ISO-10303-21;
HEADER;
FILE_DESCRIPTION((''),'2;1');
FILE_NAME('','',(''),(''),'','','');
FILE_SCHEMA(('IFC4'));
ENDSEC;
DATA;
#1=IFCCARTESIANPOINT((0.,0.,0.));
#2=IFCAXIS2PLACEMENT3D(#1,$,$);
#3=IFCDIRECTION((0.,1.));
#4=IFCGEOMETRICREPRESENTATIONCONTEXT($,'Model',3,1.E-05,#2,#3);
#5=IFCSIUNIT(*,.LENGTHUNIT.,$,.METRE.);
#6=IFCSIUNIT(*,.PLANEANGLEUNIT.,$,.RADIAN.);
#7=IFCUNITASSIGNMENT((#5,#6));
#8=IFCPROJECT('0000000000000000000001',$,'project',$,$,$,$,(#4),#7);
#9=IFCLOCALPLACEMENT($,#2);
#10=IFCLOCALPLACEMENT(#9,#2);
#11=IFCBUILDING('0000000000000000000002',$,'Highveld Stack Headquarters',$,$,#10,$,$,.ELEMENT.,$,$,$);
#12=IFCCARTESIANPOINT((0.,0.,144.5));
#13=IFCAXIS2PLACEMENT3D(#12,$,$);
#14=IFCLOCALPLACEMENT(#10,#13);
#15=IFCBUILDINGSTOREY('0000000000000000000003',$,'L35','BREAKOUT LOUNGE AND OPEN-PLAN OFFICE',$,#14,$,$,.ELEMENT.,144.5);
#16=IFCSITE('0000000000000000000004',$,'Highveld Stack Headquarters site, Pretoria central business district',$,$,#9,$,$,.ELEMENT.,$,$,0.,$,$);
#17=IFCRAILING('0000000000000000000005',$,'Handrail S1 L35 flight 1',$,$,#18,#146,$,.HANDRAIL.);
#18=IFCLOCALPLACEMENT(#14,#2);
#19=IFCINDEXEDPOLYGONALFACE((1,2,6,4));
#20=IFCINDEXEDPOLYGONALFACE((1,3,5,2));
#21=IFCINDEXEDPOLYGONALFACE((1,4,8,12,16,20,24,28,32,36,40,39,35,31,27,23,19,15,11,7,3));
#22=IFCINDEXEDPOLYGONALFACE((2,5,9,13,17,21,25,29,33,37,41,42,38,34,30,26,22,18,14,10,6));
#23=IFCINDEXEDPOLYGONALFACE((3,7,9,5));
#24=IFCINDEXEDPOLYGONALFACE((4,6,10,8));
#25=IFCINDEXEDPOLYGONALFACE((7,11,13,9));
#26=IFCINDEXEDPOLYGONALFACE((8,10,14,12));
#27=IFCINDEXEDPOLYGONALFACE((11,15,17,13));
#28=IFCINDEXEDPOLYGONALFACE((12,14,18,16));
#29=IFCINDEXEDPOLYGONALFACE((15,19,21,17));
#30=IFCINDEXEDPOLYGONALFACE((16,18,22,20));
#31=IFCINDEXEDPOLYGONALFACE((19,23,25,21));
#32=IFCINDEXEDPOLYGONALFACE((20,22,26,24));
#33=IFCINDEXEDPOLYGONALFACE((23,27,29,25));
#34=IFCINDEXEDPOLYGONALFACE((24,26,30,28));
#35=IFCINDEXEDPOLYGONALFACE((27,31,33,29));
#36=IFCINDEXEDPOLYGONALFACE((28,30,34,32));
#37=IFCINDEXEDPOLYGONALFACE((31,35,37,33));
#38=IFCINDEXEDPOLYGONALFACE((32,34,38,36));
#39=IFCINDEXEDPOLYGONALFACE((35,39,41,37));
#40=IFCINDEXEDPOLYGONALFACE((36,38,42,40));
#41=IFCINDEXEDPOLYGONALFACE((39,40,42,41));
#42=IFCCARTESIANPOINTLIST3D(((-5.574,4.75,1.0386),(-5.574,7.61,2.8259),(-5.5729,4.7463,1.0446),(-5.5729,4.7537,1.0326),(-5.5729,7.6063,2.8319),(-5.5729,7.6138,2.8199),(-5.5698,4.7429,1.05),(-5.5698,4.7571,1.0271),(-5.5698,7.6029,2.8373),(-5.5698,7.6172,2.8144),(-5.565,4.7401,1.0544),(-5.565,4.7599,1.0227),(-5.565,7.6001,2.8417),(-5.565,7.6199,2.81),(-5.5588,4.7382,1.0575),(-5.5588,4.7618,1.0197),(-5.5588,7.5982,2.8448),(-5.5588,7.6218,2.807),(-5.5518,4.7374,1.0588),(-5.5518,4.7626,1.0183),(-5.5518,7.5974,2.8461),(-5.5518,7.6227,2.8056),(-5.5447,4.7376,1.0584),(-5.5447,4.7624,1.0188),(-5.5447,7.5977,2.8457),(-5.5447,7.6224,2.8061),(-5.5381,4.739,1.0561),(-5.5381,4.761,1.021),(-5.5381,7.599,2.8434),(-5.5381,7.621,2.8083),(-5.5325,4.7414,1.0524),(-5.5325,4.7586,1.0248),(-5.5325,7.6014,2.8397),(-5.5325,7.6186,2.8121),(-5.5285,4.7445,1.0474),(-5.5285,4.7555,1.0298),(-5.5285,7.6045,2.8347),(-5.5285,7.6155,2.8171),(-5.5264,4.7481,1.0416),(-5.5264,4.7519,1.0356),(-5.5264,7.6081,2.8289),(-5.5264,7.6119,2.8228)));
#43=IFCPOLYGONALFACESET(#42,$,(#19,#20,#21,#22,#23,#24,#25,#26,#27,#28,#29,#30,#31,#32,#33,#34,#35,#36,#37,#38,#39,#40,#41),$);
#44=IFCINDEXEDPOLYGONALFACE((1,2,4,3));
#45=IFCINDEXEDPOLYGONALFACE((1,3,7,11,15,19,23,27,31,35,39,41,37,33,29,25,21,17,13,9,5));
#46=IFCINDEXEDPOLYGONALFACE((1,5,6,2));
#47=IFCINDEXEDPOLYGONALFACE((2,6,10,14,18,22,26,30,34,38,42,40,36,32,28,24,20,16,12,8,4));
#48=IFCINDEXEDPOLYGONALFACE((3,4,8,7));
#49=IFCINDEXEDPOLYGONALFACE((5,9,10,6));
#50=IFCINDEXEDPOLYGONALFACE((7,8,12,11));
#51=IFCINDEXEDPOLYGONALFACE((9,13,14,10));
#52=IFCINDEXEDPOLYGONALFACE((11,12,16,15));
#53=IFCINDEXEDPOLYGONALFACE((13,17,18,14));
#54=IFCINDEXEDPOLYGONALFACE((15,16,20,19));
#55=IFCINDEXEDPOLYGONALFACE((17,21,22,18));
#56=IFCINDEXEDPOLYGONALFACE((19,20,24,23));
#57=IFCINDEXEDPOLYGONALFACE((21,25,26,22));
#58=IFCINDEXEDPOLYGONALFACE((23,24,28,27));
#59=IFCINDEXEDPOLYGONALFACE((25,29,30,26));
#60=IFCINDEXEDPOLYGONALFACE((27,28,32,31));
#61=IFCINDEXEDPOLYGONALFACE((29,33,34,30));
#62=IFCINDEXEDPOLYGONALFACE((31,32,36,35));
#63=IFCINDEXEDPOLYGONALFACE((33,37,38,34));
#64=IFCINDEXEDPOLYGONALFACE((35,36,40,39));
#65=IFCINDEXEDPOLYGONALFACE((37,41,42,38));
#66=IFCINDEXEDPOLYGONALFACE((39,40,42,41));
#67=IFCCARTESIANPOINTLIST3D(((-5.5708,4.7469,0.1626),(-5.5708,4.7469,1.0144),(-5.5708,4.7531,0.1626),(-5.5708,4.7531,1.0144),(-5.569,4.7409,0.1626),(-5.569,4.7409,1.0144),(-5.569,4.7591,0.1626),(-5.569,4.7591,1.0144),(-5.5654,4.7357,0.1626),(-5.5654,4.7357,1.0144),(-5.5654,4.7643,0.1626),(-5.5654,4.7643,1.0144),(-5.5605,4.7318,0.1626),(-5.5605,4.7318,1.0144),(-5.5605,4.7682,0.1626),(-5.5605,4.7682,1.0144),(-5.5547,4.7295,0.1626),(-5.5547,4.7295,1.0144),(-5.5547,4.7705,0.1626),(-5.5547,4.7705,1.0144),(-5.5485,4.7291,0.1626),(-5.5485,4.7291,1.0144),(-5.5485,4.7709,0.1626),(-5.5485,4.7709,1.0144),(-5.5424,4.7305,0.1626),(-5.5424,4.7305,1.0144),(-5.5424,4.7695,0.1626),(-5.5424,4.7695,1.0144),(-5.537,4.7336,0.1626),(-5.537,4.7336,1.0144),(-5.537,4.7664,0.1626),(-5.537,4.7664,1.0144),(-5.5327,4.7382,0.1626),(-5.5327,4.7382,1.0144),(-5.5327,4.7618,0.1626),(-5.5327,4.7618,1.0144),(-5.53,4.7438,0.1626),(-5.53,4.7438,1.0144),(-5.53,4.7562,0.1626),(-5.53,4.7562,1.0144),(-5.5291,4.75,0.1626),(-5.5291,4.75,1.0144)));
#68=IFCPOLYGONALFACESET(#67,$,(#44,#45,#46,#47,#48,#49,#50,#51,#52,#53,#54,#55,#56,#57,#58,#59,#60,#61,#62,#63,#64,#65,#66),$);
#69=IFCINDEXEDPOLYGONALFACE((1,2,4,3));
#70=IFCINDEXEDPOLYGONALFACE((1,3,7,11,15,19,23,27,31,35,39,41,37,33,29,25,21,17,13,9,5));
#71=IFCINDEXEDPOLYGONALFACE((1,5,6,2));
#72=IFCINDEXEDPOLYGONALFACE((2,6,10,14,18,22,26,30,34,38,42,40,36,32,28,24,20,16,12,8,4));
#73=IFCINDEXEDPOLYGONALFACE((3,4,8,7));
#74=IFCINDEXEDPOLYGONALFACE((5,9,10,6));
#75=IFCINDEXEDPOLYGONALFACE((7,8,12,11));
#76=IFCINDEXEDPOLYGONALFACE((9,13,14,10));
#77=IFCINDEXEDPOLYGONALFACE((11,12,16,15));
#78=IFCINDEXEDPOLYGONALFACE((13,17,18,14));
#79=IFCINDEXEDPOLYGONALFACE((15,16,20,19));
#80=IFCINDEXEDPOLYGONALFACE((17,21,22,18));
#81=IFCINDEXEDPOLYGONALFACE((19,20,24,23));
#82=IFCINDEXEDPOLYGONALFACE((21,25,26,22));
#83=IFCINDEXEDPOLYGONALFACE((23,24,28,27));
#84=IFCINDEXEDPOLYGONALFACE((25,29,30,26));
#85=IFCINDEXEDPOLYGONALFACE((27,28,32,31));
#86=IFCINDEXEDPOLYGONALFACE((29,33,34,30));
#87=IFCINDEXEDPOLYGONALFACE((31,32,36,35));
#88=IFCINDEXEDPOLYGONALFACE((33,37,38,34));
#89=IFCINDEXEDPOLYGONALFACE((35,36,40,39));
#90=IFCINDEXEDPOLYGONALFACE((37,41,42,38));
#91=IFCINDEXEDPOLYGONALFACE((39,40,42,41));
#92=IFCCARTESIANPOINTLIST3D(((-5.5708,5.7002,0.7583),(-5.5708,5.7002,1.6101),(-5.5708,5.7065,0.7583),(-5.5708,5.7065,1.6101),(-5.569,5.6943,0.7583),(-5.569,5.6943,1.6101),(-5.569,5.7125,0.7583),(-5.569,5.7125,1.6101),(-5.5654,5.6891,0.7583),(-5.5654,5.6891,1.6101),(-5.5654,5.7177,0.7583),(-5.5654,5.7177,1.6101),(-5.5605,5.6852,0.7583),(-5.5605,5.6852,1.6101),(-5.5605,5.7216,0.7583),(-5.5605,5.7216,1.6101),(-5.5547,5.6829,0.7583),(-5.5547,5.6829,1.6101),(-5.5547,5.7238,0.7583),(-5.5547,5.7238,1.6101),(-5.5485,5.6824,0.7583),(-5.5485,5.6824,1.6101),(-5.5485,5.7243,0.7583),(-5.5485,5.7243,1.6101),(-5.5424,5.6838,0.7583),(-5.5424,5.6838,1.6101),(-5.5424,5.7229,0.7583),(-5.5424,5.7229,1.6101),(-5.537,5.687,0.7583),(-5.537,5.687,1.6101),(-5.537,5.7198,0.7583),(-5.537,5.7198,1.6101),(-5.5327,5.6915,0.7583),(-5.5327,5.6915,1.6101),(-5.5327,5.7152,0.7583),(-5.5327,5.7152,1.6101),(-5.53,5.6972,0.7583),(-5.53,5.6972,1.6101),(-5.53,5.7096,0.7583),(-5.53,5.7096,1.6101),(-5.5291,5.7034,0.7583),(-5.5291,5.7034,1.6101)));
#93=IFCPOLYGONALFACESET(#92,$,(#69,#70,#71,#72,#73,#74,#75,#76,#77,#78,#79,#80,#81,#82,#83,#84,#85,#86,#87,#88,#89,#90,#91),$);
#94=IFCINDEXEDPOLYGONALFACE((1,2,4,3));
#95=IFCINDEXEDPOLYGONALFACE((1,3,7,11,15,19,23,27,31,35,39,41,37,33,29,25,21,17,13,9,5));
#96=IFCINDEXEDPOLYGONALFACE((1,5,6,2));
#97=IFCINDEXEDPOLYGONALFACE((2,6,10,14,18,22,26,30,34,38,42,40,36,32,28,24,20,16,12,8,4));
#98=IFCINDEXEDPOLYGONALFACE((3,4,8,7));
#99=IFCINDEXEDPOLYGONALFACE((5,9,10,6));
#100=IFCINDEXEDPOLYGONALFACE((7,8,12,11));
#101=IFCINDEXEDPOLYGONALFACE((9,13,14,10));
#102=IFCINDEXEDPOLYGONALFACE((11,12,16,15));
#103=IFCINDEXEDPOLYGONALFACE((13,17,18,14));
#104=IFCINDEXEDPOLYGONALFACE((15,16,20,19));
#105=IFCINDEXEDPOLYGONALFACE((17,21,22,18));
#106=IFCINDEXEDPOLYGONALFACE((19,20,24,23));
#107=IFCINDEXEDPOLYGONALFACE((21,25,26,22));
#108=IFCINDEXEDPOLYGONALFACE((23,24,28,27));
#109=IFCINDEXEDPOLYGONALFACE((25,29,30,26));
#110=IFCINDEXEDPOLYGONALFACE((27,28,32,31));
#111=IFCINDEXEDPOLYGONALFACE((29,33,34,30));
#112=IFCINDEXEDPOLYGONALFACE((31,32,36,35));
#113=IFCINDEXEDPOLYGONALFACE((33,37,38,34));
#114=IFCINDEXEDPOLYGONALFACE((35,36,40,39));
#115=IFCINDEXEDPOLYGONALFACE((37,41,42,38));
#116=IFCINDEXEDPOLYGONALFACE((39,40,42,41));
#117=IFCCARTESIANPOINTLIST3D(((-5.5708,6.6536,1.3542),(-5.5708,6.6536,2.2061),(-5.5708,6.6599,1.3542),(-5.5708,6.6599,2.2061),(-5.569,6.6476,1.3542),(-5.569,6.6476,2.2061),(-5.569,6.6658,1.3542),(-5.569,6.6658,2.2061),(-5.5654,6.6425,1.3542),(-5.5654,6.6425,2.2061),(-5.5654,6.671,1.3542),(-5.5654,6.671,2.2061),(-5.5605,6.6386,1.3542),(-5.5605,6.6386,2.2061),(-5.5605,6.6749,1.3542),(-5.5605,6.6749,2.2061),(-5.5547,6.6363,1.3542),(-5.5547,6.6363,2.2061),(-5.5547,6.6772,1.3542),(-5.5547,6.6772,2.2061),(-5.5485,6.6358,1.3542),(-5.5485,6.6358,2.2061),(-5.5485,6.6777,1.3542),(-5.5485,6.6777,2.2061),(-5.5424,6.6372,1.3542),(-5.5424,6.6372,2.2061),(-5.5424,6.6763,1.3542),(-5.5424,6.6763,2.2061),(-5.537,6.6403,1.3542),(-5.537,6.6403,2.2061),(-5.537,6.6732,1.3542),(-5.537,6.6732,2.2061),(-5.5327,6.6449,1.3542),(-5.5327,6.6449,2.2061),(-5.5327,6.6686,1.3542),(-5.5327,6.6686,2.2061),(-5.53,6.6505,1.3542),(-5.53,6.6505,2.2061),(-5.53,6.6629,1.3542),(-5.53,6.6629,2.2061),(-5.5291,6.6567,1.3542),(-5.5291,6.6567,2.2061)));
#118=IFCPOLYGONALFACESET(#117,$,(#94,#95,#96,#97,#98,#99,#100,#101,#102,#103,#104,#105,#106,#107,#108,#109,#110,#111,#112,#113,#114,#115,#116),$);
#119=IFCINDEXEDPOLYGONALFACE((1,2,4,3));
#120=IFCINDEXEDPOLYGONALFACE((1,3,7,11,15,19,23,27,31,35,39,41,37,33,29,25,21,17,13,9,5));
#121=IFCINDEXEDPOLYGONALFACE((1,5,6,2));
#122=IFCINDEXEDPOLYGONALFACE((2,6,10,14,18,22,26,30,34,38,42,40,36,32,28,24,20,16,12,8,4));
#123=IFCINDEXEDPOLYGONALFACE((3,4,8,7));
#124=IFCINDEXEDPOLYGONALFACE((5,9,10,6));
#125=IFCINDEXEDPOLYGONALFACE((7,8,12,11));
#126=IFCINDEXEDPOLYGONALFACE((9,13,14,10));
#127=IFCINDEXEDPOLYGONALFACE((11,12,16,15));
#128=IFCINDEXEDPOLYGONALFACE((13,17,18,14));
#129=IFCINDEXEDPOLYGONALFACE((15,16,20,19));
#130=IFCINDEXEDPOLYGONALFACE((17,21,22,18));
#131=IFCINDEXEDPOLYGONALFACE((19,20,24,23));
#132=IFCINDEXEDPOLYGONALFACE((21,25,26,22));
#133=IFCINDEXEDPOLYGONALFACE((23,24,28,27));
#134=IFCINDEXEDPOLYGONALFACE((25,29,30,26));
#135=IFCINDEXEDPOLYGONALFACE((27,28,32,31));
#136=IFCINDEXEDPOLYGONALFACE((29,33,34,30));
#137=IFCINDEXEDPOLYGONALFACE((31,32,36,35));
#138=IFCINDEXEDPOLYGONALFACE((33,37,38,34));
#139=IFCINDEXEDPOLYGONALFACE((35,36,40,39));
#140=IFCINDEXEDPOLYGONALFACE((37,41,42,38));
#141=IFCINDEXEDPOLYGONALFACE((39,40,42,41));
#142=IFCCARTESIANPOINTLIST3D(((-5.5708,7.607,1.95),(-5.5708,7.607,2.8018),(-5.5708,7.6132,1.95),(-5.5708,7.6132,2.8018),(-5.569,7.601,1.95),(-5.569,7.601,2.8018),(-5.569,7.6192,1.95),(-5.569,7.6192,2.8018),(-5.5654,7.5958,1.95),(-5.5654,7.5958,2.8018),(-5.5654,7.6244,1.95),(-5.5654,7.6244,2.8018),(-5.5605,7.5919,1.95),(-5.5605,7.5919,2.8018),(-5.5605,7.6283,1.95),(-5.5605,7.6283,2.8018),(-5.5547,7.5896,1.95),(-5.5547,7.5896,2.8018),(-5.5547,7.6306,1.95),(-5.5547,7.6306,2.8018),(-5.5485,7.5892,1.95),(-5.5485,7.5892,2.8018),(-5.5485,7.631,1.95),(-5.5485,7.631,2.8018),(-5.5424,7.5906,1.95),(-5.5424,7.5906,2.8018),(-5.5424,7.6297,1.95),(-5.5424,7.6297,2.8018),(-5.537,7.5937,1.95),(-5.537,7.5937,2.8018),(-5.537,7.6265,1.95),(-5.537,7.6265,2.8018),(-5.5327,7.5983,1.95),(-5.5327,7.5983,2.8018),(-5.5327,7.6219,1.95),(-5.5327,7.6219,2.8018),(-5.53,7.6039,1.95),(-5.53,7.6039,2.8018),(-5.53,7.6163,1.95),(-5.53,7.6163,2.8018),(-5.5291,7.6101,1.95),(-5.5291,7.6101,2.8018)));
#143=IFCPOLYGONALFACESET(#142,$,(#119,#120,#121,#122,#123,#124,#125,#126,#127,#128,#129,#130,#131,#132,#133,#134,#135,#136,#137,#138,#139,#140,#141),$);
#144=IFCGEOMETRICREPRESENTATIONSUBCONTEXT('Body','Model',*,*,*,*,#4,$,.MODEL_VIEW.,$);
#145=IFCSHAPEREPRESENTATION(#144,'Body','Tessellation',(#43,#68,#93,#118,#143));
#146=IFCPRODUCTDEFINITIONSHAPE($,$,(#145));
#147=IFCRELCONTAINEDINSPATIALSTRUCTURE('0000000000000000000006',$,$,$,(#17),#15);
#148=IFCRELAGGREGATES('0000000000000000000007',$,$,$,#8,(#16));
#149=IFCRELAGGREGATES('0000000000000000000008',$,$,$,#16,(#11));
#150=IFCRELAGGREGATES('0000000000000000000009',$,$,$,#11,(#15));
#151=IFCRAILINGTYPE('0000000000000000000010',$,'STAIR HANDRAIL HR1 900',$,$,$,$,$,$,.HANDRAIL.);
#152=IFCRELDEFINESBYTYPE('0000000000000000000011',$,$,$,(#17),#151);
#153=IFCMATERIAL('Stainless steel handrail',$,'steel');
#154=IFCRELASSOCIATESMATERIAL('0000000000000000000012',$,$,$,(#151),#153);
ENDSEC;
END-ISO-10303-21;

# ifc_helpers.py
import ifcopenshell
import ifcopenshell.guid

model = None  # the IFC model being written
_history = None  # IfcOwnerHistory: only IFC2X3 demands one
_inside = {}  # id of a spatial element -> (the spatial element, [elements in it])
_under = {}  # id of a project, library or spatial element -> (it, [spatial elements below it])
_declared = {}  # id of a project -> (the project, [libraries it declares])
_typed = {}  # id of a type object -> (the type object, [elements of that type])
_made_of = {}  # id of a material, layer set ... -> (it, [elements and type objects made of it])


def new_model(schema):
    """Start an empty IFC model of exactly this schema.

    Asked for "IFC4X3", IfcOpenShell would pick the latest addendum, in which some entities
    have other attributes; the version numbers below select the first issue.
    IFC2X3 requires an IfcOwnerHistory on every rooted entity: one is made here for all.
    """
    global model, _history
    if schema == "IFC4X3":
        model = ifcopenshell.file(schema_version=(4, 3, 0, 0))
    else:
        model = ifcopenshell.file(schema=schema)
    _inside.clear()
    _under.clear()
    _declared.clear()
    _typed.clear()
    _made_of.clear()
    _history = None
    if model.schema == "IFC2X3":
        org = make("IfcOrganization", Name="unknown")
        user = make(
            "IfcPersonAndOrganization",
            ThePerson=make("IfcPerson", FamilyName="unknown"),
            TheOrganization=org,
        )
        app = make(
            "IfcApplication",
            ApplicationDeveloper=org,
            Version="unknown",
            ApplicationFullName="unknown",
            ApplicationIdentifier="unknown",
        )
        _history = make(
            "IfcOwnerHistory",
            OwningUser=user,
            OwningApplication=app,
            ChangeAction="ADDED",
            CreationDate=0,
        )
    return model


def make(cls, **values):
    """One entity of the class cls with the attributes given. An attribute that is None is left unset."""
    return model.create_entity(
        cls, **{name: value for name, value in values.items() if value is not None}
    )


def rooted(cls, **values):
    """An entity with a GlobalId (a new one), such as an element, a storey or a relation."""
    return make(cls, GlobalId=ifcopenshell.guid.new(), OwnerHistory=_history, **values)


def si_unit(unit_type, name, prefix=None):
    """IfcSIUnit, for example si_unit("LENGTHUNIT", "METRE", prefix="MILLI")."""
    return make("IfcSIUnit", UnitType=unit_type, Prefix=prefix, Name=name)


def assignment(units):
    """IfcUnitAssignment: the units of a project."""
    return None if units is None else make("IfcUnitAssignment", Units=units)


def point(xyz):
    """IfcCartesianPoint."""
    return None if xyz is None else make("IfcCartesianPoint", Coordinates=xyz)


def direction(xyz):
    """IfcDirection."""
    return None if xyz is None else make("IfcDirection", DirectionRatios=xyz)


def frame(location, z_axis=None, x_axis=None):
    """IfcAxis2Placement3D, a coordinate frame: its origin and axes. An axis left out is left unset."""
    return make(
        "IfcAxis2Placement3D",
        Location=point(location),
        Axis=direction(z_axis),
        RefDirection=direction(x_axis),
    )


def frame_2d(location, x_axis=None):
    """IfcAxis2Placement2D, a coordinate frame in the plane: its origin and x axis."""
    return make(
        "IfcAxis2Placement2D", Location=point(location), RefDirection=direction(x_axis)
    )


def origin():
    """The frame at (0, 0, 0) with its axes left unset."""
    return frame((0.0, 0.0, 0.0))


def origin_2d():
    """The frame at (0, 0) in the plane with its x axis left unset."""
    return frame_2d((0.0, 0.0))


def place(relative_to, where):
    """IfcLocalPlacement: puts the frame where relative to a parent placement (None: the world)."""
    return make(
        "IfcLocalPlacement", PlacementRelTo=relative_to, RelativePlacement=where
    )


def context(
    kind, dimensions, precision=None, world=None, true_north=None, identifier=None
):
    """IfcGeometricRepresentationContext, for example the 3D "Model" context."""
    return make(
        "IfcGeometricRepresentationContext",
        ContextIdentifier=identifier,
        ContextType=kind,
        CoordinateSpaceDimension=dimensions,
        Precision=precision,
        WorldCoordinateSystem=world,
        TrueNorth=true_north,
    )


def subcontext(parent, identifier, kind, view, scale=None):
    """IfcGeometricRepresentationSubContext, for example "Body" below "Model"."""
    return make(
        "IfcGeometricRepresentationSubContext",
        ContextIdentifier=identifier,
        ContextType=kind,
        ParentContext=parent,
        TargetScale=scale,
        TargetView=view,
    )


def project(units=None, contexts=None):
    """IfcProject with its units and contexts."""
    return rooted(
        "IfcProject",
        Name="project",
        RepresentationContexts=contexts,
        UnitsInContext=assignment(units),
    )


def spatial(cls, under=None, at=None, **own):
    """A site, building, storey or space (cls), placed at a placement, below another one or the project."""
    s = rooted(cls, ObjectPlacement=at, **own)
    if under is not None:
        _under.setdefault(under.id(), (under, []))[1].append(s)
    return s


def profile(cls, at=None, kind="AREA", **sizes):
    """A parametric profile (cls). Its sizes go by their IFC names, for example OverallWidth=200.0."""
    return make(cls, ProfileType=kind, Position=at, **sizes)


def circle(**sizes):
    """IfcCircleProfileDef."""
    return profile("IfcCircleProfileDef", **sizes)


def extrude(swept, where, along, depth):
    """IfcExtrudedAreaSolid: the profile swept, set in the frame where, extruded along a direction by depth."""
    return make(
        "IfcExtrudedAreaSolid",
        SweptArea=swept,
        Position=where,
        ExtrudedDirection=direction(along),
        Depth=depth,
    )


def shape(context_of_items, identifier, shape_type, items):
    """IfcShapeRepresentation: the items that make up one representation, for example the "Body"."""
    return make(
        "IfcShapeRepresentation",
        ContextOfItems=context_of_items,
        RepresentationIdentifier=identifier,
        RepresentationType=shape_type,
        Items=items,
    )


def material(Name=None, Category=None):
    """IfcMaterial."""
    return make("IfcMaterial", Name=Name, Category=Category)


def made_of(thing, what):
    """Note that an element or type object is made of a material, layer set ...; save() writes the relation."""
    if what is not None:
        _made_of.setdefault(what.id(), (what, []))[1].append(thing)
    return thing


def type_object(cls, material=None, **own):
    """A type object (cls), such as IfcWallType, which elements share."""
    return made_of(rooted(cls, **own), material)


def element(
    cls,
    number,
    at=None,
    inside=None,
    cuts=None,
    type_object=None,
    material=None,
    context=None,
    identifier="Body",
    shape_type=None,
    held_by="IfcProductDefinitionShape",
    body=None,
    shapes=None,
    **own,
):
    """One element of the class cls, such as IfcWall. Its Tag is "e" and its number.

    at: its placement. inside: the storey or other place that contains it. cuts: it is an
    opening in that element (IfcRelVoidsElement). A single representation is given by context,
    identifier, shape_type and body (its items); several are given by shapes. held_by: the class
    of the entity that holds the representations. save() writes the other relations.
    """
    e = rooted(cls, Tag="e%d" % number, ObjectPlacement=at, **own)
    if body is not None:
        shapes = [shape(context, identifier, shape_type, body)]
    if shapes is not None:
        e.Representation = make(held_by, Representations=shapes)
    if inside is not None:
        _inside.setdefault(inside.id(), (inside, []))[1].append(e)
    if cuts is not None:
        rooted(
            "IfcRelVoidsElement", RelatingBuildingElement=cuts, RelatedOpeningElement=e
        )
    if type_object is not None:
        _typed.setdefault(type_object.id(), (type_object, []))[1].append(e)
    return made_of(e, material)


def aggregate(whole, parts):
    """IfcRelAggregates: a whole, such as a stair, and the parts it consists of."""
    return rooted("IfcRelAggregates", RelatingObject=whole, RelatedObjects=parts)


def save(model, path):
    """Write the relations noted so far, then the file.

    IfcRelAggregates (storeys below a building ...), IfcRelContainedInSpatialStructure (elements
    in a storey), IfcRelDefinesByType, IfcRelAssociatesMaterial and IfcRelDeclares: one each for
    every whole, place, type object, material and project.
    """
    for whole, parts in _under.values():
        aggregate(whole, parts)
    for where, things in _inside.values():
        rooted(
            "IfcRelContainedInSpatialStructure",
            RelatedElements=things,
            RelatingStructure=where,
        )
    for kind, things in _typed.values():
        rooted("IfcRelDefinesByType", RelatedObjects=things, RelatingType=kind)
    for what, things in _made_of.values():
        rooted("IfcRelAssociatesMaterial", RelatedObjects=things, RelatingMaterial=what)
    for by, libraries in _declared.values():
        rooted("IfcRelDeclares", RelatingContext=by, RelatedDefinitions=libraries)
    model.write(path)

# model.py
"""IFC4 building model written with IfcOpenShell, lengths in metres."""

from ifc_helpers import new_model, si_unit, direction, frame, origin, origin_2d, place, context, subcontext, project, spatial, circle, extrude, material, type_object, element, save


model = new_model("IFC4")

# Units and contexts
model_context = context("Model", 3, precision=1e-05, world=origin(), true_north=direction((0.0, 1.0)))
body_context = subcontext(model_context, "Body", "Model", "MODEL_VIEW")
ifc_project = project(units=[si_unit("LENGTHUNIT", "METRE"), si_unit("PLANEANGLEUNIT", "RADIAN")], contexts=[model_context])

# Site, building, storey
site_placement = place(None, origin())
site = spatial("IfcSite", under=ifc_project, at=site_placement, Name="Highveld Stack Headquarters site, Pretoria central business district", CompositionType="ELEMENT", RefElevation=0.0)
building_placement = place(site_placement, origin())
building = spatial("IfcBuilding", under=site, at=building_placement, Name="Highveld Stack Headquarters", CompositionType="ELEMENT")
storey_placement = place(building_placement, frame((0.0, 0.0, 144.5)))
storey = spatial("IfcBuildingStorey", under=building, at=storey_placement, Name="L35", Description="BREAKOUT LOUNGE AND OPEN-PLAN OFFICE", CompositionType="ELEMENT", Elevation=144.5)

# Railing
ifc_material_1 = material(Name="Stainless steel handrail", Category="steel")
railing_type = type_object("IfcRailingType", Name="STAIR HANDRAIL HR1 900", PredefinedType="HANDRAIL", material=ifc_material_1)
for number, where, name in (
    (1, (-5.55, 4.75, 0.1626), "Handrail S1 L35 flight 1"),
):
    element("IfcRailing", number, at=place(storey_placement, frame(where)), inside=storey, type_object=railing_type, Name=name, PredefinedType="HANDRAIL", context=body_context, shape_type="SweptSolid", body=[
        extrude(circle(Radius=0.0239, at=origin_2d()), frame((0.0, 0.0, 0.876), z_axis=(0.0, 0.848027, 0.529953), x_axis=(-1.0, 0.0, 0.0)), (0.0, 0.0, 1.0), 3.3726),
        extrude(circle(Radius=0.021, at=origin_2d()), origin(), (0.0, 0.0, 1.0), 0.8518),
        extrude(circle(Radius=0.021, at=origin_2d()), frame((0.0, 0.9534, 0.5957)), (0.0, 0.0, 1.0), 0.8518),
        extrude(circle(Radius=0.021, at=origin_2d()), frame((0.0, 1.9067, 1.1917)), (0.0, 0.0, 1.0), 0.8518),
        extrude(circle(Radius=0.021, at=origin_2d()), frame((0.0, 2.8601, 1.7874)), (0.0, 0.0, 1.0), 0.8518),
    ])

save(model, "model.ifc")
